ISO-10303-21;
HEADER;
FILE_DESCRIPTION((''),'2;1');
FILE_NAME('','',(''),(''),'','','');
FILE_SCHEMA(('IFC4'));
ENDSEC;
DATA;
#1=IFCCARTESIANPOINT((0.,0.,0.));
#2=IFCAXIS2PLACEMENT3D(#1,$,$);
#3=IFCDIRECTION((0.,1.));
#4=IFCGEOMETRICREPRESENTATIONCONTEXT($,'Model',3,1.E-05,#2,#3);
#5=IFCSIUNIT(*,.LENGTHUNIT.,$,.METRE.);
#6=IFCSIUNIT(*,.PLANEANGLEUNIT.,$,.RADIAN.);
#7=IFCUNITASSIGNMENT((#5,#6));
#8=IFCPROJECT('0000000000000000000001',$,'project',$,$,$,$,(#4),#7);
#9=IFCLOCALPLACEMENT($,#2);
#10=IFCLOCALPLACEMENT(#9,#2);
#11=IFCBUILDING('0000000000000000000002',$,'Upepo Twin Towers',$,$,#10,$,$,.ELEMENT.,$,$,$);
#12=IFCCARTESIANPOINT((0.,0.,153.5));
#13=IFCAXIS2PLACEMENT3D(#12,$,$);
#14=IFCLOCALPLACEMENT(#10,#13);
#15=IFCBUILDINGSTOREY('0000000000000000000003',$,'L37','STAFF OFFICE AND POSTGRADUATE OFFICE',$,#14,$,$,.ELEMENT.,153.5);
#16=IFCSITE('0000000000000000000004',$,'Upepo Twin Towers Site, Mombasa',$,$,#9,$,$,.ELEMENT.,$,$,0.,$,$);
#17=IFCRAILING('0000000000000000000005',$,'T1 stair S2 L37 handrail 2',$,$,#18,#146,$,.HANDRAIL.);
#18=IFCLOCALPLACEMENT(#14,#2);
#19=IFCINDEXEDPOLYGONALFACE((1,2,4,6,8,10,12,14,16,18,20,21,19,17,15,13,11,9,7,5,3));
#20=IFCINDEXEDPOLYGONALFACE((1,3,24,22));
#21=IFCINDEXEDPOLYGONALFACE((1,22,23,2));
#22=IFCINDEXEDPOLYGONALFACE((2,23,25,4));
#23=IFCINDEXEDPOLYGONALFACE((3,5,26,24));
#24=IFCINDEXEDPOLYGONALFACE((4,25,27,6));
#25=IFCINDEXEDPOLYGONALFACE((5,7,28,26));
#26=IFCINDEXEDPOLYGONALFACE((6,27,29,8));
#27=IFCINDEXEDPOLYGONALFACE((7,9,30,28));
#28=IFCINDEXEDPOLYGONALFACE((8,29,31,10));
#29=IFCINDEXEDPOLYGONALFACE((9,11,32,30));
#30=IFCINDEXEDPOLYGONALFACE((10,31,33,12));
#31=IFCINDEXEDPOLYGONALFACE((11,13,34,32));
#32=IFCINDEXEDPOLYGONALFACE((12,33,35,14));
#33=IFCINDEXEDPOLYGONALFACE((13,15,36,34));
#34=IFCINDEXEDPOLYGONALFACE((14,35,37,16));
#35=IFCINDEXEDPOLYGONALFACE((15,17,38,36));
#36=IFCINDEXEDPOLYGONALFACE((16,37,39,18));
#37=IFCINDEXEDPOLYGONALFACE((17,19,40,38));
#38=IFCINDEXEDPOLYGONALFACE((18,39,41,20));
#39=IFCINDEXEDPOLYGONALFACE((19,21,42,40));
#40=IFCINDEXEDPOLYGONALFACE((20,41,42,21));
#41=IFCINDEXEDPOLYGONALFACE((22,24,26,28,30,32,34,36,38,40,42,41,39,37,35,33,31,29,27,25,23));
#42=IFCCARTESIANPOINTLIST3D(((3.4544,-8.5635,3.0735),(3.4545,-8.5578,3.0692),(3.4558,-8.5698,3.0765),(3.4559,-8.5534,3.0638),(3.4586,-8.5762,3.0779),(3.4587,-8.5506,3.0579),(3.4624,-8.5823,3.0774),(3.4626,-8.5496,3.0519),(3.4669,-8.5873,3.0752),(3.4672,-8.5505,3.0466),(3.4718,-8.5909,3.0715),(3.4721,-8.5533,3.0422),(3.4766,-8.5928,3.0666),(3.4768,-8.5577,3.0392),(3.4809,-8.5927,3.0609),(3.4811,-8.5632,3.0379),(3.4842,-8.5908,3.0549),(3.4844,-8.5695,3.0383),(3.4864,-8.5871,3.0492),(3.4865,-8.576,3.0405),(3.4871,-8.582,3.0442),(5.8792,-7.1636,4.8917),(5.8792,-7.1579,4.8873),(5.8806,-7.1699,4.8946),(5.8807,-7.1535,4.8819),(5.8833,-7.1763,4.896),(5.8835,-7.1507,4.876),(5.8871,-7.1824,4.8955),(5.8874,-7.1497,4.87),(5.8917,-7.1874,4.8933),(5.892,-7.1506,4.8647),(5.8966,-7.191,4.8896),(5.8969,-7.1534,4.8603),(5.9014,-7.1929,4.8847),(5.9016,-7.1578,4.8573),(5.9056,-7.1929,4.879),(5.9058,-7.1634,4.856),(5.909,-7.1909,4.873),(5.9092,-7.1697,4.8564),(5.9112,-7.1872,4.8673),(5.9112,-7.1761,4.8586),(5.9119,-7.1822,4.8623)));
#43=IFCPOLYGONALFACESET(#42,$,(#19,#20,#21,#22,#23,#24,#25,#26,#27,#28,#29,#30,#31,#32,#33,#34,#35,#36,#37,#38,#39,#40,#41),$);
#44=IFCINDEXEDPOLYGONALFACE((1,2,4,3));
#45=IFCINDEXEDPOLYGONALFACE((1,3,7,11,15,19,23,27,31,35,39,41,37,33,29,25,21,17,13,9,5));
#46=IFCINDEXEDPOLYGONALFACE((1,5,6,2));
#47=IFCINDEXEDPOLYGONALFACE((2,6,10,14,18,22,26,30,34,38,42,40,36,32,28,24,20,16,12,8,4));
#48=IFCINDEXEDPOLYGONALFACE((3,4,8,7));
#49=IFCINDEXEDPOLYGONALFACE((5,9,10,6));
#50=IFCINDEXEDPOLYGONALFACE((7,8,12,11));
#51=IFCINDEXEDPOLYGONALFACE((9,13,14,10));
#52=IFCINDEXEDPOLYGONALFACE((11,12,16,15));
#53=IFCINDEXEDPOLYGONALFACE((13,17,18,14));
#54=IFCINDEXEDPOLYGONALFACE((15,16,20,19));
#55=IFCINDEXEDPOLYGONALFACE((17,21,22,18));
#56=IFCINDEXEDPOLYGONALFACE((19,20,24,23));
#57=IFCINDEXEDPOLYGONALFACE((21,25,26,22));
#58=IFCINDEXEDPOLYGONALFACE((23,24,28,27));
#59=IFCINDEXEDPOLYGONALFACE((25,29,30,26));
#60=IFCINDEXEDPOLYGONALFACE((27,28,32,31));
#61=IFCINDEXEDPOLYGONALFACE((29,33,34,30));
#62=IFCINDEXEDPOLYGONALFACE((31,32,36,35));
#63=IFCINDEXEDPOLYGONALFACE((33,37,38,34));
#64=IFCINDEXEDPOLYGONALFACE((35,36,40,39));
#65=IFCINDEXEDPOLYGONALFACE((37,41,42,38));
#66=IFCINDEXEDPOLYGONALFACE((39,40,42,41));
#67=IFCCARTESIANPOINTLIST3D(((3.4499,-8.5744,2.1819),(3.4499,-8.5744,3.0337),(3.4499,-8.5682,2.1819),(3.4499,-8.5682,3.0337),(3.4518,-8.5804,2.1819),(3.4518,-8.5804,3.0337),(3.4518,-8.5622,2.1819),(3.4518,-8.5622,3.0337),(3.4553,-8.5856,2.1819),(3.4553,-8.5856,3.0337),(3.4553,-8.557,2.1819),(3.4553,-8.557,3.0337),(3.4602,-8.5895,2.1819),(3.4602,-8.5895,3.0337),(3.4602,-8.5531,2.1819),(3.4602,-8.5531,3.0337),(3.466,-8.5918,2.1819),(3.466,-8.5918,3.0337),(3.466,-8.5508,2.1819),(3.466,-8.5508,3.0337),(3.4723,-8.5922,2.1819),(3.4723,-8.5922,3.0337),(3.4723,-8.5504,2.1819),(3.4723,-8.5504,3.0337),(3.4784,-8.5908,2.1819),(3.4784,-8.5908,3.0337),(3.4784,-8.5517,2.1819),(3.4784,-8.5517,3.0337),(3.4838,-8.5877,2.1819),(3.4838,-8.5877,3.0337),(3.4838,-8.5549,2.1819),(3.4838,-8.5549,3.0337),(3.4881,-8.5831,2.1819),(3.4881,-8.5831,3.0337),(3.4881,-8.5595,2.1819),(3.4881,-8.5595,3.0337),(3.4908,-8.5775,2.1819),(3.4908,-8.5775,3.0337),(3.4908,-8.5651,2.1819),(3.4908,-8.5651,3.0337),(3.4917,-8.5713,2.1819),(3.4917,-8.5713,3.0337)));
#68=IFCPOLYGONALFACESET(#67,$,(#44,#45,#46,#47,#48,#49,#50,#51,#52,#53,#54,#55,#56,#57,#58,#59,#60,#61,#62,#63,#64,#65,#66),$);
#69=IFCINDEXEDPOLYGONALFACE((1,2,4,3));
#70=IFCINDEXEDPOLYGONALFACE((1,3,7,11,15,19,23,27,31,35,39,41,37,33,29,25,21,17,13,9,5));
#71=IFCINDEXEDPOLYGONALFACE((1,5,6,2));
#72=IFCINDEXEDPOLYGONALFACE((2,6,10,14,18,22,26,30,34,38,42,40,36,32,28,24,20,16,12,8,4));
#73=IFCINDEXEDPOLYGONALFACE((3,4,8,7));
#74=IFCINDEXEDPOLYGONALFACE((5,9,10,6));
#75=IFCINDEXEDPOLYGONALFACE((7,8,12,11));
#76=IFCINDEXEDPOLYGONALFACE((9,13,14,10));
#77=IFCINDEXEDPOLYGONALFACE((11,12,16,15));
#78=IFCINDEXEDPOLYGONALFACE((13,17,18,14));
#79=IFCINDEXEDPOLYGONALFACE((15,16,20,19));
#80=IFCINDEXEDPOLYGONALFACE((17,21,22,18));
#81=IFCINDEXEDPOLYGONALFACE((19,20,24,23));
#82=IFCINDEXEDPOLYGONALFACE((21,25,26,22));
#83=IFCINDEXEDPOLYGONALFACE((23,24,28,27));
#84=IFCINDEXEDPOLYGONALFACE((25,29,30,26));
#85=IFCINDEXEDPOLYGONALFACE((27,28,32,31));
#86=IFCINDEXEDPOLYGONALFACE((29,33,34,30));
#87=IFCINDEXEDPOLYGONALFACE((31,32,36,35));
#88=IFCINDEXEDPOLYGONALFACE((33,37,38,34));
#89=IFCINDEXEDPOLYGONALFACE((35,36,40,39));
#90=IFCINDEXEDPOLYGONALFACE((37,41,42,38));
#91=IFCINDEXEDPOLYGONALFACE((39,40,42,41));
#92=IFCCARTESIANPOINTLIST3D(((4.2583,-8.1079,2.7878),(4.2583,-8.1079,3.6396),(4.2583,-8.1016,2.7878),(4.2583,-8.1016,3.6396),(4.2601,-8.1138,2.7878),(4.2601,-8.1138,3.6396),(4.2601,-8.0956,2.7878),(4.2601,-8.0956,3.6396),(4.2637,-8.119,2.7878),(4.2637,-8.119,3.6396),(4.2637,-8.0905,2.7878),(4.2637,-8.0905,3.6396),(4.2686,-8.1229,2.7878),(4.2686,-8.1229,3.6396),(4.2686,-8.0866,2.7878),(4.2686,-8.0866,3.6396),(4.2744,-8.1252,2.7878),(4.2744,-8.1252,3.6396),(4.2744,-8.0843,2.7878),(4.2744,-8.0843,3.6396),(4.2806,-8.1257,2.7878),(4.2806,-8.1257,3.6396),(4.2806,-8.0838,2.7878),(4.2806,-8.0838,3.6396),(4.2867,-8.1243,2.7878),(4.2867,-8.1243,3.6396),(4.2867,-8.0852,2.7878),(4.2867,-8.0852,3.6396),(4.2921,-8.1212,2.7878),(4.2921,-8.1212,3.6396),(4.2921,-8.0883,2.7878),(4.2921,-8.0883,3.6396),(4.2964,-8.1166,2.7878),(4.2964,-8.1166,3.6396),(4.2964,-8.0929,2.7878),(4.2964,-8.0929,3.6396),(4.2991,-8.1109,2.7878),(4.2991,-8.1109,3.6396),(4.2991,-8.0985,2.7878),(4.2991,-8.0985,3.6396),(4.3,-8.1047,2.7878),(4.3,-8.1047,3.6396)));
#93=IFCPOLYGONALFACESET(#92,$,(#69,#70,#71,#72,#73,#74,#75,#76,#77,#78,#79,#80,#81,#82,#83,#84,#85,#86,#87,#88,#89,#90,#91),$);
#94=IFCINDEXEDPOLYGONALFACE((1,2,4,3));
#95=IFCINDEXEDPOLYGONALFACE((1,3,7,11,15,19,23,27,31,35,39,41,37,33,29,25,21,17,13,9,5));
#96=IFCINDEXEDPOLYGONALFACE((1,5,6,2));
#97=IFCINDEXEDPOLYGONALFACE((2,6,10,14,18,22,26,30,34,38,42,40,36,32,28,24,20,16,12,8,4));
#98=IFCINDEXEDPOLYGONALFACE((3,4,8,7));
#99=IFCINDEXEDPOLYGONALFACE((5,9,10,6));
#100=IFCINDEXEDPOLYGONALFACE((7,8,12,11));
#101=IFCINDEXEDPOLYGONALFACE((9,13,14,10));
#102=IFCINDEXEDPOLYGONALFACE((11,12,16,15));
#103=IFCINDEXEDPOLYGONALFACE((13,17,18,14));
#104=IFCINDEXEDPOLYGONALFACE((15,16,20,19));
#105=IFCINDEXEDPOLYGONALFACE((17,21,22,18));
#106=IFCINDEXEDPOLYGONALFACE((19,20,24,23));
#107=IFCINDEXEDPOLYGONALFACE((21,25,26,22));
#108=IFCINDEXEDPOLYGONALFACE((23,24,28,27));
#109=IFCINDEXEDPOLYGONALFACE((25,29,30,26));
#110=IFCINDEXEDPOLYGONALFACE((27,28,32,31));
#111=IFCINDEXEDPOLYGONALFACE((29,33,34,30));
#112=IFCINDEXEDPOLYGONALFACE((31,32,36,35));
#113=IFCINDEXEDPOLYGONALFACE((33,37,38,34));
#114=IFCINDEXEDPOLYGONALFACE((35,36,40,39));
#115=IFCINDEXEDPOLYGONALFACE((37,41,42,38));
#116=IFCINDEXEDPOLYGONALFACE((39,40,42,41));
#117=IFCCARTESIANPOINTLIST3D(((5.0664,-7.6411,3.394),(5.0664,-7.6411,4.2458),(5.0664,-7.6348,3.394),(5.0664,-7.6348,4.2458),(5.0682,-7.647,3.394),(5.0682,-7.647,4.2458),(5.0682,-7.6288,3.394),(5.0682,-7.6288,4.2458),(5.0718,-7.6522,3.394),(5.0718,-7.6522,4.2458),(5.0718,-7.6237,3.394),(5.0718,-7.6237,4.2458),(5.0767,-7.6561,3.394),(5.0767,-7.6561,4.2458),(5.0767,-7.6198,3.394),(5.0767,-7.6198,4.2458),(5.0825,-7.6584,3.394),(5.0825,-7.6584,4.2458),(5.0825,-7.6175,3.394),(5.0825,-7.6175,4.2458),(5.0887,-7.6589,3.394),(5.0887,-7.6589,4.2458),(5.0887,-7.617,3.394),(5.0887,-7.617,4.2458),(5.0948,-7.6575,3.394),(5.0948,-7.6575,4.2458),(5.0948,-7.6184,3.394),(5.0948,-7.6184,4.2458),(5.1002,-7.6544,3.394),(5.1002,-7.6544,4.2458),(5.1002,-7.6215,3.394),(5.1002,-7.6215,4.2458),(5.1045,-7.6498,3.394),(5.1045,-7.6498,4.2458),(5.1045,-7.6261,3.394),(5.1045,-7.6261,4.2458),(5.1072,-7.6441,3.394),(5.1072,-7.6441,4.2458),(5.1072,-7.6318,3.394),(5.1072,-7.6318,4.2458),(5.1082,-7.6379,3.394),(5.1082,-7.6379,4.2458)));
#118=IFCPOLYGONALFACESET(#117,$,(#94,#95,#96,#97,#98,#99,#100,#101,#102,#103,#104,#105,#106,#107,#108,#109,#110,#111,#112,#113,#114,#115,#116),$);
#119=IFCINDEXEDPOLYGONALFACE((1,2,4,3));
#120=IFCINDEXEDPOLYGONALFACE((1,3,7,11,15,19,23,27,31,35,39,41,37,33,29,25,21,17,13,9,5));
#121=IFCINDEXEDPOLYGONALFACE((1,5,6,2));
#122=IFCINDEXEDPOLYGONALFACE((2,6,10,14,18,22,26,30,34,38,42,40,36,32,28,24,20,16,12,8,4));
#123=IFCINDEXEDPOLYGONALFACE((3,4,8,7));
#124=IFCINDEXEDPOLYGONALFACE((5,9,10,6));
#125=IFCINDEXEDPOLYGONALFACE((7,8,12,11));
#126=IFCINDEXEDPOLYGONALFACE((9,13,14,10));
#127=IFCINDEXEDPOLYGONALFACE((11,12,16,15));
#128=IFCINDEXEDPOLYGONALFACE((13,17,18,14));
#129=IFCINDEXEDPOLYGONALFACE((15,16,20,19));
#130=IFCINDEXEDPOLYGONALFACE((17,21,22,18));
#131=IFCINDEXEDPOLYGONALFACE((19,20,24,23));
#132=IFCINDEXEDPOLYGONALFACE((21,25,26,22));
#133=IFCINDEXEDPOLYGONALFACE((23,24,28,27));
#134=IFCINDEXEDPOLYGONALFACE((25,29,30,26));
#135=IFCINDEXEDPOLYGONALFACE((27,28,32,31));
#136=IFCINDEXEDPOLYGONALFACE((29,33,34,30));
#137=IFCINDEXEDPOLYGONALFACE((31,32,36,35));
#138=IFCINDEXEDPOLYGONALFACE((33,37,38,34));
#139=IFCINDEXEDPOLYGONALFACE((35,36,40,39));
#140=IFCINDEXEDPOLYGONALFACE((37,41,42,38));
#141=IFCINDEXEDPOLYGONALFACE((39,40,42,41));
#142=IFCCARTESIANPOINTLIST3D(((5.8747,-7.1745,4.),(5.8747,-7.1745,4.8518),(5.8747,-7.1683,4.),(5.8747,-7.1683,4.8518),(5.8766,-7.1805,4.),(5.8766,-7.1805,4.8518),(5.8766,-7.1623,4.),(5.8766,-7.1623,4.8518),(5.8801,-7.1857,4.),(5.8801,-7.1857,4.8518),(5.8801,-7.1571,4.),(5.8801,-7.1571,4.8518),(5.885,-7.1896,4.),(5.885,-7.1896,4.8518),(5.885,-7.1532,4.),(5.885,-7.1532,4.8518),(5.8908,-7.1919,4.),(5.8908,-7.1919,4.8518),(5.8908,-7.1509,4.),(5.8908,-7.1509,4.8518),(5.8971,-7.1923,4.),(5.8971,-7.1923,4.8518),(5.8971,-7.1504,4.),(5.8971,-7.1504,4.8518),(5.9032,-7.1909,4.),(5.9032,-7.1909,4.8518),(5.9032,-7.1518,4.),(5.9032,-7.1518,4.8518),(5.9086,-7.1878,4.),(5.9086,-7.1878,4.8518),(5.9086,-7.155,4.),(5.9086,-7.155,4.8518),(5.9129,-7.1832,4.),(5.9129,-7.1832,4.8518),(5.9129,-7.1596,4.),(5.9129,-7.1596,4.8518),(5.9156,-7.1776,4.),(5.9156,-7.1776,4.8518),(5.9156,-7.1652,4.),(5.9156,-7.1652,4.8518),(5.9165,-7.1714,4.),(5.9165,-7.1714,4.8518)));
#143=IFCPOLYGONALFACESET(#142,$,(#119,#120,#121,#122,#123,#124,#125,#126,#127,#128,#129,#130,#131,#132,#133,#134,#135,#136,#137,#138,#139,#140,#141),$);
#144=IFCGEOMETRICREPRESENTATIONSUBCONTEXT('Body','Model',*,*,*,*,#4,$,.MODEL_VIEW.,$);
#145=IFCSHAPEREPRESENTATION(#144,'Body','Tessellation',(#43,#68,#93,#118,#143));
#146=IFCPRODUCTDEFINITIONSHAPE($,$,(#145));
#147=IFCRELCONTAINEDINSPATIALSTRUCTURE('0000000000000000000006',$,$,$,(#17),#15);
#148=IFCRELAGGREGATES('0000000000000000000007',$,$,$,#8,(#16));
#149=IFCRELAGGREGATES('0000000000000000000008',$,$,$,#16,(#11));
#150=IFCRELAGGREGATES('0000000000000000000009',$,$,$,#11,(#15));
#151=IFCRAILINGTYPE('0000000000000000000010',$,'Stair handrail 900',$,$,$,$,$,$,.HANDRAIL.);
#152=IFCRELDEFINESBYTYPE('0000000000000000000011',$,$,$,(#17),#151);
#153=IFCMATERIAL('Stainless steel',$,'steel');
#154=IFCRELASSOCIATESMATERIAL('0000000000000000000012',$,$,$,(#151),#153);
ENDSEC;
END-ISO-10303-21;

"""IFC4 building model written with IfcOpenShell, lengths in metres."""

from ifc_helpers import new_model, si_unit, direction, frame, origin, origin_2d, place, context, subcontext, project, spatial, circle, extrude, material, type_object, element, save


model = new_model("IFC4")

# Units and contexts
model_context = context("Model", 3, precision=1e-05, world=origin(), true_north=direction((0.0, 1.0)))
body_context = subcontext(model_context, "Body", "Model", "MODEL_VIEW")
ifc_project = project(units=[si_unit("LENGTHUNIT", "METRE"), si_unit("PLANEANGLEUNIT", "RADIAN")], contexts=[model_context])

# Site, building, storey
site_placement = place(None, origin())
site = spatial("IfcSite", under=ifc_project, at=site_placement, Name="Upepo Twin Towers Site, Mombasa", CompositionType="ELEMENT", RefElevation=0.0)
building_placement = place(site_placement, origin())
building = spatial("IfcBuilding", under=site, at=building_placement, Name="Upepo Twin Towers", CompositionType="ELEMENT")
storey_placement = place(building_placement, frame((0.0, 0.0, 153.5)))
storey = spatial("IfcBuildingStorey", under=building, at=storey_placement, Name="L37", Description="STAFF OFFICE AND POSTGRADUATE OFFICE", CompositionType="ELEMENT", Elevation=153.5)

# Railing
ifc_material_1 = material(Name="Stainless steel", Category="steel")
railing_type = type_object("IfcRailingType", Name="Stair handrail 900", PredefinedType="HANDRAIL", material=ifc_material_1)
railing_placement = place(storey_placement, frame((3.4707, -8.5713, 2.1819)))
element("IfcRailing", 1, at=railing_placement, inside=storey, type_object=railing_type, Name="T1 stair S2 L37 handrail 2", PredefinedType="HANDRAIL", context=body_context, shape_type="SweptSolid", body=[
    extrude(circle(Radius=0.0239, at=origin_2d()), frame((0.0, 0.0, 0.876), z_axis=(0.726336, 0.419333, 0.544606), x_axis=(-0.499984, 0.866035, 0.0)), (0.0, 0.0, 1.0), 3.3384),
    extrude(circle(Radius=0.021, at=origin_2d()), origin(), (0.0, 0.0, 1.0), 0.8518),
    extrude(circle(Radius=0.021, at=origin_2d()), frame((0.8083, 0.4666, 0.606)), (0.0, 0.0, 1.0), 0.8518),
    extrude(circle(Radius=0.021, at=origin_2d()), frame((1.6165, 0.9333, 1.2122)), (0.0, 0.0, 1.0), 0.8518),
    extrude(circle(Radius=0.021, at=origin_2d()), frame((2.4248, 1.3999, 1.8181)), (0.0, 0.0, 1.0), 0.8518),
])

save(model, "model.ifc")
